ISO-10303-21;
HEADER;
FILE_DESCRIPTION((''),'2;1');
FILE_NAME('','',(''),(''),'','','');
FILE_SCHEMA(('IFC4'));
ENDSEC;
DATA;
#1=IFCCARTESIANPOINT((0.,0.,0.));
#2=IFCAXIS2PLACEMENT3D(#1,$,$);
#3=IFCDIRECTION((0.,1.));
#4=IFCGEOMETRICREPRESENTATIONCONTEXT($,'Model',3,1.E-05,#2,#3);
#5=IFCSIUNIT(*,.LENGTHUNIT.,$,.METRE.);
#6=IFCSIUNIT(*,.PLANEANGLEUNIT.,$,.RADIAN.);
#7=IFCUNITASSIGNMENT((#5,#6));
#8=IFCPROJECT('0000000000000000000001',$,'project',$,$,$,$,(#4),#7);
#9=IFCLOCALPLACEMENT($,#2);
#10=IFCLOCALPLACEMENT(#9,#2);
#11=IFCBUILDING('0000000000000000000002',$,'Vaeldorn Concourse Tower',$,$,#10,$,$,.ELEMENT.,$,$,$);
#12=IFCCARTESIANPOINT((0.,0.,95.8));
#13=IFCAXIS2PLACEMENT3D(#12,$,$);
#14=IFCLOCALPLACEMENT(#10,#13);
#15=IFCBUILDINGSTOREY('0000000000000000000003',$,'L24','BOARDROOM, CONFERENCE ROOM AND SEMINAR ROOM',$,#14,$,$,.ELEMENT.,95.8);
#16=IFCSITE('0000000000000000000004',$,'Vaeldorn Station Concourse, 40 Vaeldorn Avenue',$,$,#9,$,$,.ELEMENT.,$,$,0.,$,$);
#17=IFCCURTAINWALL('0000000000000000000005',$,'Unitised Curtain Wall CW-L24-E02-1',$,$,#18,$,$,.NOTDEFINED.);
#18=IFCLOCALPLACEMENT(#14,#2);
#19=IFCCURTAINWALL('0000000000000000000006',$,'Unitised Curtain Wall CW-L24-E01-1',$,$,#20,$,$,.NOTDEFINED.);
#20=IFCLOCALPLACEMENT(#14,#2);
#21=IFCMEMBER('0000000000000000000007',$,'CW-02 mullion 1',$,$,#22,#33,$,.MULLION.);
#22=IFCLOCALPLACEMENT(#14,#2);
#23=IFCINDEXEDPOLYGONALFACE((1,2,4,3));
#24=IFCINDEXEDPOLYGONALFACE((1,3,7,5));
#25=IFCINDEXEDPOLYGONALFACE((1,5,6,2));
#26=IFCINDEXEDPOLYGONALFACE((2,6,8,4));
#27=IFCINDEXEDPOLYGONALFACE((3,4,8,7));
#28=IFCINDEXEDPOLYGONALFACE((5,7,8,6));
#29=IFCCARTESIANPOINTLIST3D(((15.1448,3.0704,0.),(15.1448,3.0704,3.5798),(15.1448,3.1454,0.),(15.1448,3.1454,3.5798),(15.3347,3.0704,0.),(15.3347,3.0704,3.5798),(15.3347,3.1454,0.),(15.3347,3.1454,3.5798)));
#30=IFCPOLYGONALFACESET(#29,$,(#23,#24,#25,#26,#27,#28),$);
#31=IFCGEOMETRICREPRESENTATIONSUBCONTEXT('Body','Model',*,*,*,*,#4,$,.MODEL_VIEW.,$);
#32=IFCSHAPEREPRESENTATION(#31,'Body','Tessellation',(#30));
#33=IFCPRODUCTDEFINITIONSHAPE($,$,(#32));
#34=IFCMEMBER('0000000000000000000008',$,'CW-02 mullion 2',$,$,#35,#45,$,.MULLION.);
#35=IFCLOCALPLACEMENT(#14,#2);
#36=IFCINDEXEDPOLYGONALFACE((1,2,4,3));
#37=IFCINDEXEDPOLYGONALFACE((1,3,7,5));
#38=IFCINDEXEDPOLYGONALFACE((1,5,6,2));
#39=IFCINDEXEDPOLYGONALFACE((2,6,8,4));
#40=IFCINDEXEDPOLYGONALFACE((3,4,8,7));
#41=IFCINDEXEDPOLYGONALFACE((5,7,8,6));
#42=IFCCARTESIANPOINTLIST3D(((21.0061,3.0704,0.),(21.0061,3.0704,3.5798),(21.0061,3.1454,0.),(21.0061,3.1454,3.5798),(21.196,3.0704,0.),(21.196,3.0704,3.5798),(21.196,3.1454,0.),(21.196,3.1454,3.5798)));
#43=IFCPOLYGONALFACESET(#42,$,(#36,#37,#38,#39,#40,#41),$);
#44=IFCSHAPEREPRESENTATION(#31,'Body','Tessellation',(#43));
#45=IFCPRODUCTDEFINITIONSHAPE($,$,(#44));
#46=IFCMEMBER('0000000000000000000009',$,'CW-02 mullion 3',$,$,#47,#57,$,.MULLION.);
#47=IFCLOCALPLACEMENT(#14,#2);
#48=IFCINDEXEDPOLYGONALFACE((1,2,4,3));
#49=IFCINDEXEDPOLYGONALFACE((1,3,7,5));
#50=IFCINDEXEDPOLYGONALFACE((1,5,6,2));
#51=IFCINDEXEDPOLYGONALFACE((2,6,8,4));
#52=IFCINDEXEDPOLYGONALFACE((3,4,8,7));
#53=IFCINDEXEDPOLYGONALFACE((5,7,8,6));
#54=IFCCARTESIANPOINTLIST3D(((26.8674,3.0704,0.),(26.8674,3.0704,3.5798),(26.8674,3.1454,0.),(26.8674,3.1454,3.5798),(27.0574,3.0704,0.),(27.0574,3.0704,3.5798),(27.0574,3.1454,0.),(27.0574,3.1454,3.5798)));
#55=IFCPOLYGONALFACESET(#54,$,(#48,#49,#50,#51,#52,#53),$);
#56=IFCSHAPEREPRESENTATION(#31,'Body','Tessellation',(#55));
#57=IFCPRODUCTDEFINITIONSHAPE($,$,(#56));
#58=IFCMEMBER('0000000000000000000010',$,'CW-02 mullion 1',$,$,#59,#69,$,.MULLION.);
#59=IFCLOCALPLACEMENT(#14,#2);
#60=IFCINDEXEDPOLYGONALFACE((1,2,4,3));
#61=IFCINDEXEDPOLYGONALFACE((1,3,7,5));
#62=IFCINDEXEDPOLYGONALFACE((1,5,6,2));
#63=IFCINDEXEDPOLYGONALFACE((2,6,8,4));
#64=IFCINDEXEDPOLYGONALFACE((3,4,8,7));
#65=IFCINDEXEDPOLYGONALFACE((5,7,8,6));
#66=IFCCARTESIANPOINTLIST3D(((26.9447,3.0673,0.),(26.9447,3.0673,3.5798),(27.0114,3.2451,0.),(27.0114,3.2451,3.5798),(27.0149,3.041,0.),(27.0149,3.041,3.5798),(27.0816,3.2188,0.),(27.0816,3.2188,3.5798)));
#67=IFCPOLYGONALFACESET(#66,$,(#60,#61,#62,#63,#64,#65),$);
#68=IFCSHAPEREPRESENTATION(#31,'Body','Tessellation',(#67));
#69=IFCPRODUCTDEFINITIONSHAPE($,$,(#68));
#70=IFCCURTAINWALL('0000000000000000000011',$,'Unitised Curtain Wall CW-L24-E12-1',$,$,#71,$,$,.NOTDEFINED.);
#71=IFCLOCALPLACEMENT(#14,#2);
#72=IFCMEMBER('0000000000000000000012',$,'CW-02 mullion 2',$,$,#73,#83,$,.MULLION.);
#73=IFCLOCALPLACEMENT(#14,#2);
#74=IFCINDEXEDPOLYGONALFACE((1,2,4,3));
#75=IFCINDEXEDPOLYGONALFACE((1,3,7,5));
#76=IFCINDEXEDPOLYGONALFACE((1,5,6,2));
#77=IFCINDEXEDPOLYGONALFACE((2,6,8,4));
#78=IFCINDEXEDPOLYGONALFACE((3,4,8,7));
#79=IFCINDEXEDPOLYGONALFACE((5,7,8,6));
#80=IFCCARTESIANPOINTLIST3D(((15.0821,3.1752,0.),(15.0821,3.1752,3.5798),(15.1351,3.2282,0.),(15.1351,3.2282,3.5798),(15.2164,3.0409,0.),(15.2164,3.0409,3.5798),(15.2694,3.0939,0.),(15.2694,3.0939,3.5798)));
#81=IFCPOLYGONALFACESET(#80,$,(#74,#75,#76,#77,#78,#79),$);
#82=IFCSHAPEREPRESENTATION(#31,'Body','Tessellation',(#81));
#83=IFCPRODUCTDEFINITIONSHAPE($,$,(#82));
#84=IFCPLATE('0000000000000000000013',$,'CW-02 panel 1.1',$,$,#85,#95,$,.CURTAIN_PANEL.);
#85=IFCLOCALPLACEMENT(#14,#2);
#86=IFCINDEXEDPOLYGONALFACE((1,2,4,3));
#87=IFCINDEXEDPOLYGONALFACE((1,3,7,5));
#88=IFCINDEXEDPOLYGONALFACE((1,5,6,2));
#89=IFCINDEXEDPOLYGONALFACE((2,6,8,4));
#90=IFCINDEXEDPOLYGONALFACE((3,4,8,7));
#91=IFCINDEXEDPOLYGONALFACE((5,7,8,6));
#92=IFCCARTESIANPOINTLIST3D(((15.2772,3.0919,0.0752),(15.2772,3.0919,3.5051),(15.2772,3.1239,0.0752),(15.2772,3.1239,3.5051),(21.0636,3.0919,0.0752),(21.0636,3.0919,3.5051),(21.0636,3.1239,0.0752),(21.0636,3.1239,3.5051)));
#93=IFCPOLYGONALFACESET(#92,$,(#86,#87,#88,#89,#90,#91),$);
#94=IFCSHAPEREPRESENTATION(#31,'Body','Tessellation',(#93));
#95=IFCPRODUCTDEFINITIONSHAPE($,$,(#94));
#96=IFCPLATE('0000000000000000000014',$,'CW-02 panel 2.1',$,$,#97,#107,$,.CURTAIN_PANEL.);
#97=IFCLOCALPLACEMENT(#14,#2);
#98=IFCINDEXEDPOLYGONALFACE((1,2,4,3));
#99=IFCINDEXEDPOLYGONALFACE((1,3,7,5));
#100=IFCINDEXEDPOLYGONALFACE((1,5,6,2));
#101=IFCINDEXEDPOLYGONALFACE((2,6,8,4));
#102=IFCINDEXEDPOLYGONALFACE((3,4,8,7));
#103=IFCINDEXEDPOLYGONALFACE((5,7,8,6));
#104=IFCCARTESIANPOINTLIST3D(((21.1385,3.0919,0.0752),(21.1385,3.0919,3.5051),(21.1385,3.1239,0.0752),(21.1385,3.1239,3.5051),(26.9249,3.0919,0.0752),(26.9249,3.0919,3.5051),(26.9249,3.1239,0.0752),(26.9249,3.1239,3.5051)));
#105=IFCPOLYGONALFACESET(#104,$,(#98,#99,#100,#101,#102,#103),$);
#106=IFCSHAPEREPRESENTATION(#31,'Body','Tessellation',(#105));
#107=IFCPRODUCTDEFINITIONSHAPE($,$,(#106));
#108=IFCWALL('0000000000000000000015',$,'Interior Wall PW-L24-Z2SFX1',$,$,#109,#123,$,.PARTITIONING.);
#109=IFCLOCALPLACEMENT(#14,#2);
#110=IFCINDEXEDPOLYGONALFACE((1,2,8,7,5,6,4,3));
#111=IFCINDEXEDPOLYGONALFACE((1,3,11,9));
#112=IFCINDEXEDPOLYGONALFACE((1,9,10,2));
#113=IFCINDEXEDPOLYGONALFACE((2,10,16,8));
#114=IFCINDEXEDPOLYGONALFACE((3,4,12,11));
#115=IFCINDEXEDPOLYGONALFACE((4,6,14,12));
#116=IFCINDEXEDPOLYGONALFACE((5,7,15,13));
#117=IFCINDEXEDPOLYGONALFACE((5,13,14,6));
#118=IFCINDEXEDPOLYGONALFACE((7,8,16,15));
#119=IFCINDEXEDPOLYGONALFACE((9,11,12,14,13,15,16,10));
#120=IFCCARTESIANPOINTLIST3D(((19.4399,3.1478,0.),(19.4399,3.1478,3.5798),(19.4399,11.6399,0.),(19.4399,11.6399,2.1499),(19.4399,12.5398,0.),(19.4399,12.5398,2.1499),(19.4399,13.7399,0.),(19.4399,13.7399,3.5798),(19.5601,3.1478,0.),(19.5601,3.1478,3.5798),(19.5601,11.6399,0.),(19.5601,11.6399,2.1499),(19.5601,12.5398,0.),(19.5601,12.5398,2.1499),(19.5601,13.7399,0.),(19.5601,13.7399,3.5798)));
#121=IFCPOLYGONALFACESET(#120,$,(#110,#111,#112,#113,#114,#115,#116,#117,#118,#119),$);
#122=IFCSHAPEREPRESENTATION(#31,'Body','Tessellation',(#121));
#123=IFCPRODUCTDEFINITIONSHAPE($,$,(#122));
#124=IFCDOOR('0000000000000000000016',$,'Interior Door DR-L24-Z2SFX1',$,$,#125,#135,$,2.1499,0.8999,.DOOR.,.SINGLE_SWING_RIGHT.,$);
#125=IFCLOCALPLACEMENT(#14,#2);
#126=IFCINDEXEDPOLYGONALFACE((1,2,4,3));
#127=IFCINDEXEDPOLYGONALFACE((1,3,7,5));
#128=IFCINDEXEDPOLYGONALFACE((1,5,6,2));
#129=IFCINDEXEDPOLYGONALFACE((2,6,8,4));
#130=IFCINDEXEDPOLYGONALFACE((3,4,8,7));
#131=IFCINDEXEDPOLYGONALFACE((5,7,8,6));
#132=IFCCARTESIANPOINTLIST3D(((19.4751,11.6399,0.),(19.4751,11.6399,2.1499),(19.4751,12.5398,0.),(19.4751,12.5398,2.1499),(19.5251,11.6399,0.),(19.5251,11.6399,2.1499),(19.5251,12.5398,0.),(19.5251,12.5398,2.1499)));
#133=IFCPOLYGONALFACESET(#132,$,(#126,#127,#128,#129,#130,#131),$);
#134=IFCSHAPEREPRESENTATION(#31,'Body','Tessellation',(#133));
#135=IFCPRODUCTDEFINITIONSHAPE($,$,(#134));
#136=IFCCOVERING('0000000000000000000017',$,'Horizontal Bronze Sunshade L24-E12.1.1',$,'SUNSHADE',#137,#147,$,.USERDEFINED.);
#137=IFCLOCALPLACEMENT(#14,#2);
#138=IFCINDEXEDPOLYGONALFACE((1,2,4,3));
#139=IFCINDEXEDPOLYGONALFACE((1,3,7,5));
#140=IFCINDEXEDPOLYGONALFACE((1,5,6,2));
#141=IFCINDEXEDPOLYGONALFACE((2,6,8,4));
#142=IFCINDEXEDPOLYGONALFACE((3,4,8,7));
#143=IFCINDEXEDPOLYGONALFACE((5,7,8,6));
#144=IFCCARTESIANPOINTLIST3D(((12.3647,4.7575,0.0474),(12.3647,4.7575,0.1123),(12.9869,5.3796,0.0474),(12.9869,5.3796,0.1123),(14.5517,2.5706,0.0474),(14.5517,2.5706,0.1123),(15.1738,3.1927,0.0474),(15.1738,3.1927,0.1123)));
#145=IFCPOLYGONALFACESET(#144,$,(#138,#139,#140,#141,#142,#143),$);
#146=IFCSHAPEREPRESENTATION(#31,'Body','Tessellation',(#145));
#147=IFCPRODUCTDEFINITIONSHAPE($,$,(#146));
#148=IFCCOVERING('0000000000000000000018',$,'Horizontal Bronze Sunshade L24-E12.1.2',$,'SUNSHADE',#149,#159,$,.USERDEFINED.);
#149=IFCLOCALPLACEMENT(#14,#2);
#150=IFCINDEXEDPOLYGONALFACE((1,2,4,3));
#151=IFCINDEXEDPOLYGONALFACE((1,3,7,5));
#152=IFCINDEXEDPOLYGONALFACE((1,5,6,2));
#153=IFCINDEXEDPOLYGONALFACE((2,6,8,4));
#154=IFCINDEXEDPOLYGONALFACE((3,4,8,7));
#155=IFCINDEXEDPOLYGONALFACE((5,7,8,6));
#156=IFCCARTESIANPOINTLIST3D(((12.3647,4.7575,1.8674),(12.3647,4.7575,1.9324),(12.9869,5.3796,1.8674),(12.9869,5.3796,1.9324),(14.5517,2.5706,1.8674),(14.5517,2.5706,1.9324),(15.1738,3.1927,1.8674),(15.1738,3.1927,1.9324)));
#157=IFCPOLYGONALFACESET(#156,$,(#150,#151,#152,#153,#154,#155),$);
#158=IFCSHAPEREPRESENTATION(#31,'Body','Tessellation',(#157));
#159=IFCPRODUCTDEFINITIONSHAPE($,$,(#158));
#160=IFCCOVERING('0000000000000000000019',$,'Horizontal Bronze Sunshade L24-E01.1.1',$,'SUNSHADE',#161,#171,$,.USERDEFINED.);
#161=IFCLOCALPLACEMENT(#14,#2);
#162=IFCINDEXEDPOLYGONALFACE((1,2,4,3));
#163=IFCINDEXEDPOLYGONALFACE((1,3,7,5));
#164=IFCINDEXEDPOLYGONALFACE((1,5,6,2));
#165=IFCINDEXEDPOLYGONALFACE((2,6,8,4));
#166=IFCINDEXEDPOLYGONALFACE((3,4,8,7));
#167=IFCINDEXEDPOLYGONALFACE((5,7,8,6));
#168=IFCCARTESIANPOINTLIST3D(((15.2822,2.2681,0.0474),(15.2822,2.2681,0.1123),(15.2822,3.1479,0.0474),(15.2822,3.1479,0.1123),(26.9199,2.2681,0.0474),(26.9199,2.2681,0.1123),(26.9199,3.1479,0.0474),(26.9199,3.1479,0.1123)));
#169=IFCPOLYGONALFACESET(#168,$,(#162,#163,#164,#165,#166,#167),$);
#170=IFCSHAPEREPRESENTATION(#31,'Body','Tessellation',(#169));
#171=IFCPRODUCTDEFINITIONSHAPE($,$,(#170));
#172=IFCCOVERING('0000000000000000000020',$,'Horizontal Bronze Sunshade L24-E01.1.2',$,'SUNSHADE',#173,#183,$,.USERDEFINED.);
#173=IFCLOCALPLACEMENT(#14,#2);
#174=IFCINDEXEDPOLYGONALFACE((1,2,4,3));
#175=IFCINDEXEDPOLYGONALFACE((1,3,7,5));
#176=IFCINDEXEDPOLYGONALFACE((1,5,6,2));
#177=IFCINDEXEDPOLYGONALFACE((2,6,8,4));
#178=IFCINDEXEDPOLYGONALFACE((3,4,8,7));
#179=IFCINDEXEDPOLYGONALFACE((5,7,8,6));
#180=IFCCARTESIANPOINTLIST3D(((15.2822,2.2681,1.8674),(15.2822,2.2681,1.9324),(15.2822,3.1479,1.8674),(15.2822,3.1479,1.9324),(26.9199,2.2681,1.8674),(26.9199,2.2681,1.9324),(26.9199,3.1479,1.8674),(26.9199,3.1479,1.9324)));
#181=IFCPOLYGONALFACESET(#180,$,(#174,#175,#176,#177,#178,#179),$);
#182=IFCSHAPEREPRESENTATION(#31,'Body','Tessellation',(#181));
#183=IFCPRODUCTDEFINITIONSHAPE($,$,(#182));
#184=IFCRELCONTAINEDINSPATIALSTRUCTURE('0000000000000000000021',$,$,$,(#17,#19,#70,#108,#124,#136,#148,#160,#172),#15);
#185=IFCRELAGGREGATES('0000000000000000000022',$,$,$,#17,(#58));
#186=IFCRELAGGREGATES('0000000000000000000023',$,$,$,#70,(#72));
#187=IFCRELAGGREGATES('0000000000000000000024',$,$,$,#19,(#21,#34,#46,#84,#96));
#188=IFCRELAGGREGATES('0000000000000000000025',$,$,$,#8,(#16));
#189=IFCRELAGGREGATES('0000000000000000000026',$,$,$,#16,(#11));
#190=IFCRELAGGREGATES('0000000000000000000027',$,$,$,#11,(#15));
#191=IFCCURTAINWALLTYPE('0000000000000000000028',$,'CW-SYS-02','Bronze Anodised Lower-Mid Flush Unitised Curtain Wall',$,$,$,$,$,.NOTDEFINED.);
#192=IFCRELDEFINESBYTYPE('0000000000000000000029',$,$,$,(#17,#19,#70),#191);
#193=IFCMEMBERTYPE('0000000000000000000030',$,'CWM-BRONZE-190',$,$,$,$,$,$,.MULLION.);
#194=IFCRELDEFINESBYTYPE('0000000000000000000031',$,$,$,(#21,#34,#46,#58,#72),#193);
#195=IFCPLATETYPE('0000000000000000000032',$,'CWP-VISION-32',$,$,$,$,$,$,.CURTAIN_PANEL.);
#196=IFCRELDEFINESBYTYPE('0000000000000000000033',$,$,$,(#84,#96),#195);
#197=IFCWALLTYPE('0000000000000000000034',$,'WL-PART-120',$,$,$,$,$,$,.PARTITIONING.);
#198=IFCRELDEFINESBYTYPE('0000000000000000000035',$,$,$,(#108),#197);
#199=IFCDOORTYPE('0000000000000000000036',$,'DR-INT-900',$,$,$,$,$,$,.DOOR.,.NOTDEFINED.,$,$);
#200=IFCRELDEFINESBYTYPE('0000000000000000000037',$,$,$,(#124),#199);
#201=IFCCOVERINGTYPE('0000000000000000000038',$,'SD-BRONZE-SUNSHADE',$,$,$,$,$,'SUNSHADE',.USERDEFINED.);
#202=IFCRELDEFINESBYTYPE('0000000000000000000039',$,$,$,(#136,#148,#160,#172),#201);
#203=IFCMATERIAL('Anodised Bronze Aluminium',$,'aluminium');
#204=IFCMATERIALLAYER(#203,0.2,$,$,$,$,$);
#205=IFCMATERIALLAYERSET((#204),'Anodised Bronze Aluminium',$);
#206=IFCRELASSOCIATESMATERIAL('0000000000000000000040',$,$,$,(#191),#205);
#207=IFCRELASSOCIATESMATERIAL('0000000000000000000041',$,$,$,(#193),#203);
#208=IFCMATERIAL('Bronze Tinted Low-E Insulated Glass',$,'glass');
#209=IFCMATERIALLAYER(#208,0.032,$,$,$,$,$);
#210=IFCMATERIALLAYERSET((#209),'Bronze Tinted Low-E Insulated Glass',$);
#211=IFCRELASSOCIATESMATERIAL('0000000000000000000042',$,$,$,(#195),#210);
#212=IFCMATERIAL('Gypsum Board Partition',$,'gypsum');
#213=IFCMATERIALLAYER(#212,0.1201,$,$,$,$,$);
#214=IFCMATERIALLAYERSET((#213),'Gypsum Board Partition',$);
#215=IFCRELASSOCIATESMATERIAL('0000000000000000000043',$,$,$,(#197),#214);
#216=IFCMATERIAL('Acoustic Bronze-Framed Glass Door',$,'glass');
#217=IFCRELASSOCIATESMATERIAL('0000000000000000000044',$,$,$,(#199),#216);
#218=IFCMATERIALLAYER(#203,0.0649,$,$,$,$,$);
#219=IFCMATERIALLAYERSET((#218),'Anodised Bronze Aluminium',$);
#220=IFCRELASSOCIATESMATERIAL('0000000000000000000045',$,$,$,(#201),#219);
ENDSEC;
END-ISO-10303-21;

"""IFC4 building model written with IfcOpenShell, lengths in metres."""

from ifc_helpers import new_model, si_unit, direction, frame, frame_2d, origin, origin_2d, place, context, subcontext, project, spatial, rectangle, extrude, source, transform, mapped, material, layer, layer_set, material_profile, profile_set, type_object, element, fill, aggregate, save


model = new_model("IFC4")

# Units and contexts
model_context = context("Model", 3, precision=1e-05, world=origin(), true_north=direction((0.0, 1.0)))
body_context = subcontext(model_context, "Body", "Model", "MODEL_VIEW")
ifc_project = project(units=[si_unit("LENGTHUNIT", "METRE"), si_unit("PLANEANGLEUNIT", "RADIAN")], contexts=[model_context])

# Site, building, storey
site_placement = place(None, origin())
site = spatial("IfcSite", under=ifc_project, at=site_placement, Name="Vaeldorn Station Concourse, 40 Vaeldorn Avenue", CompositionType="ELEMENT", RefElevation=0.0)
building_placement = place(site_placement, origin())
building = spatial("IfcBuilding", under=site, at=building_placement, Name="Vaeldorn Concourse Tower", CompositionType="ELEMENT")
storey_placement = place(building_placement, frame((0.0, 0.0, 95.8)))
storey = spatial("IfcBuildingStorey", under=building, at=storey_placement, Name="L24", Description="BOARDROOM, CONFERENCE ROOM AND SEMINAR ROOM", CompositionType="ELEMENT", Elevation=95.8)

# Curtain walls, members
ifc_material_1 = material(Name="Anodised Bronze Aluminium", Category="aluminium")
ifc_layer_1 = layer(ifc_material_1, 0.2)
ifc_layer_set_1 = layer_set([ifc_layer_1], Name="Anodised Bronze Aluminium")
curtain_wall_type = type_object("IfcCurtainWallType", Name="CW-SYS-02", Description="Bronze Anodised Lower-Mid Flush Unitised Curtain Wall", PredefinedType="NOTDEFINED", material=ifc_layer_set_1)
curtain_wall_1_placement = place(storey_placement, origin())
curtain_wall_1 = element("IfcCurtainWall", 1, at=curtain_wall_1_placement, inside=storey, type_object=curtain_wall_type, Name="Unitised Curtain Wall CW-L24-E02-1", PredefinedType="NOTDEFINED")
curtain_wall_2_placement = place(storey_placement, origin())
curtain_wall_2 = element("IfcCurtainWall", 2, at=curtain_wall_2_placement, inside=storey, type_object=curtain_wall_type, Name="Unitised Curtain Wall CW-L24-E01-1", PredefinedType="NOTDEFINED")
ifc_material_profile_1 = material_profile(ifc_material_1, rectangle(XDim=0.075, YDim=0.1899, at=origin_2d()), Name="CWM 75x190")
ifc_profile_set_1 = profile_set([ifc_material_profile_1], Name="Anodised Bronze Aluminium")
member_type_1 = type_object("IfcMemberType", Name="CWM-BRONZE-190", PredefinedType="MULLION", material=ifc_profile_set_1)
shared_shape_1 = source(origin(), body_context, "Body", "SweptSolid", [
    extrude(rectangle(XDim=0.075, YDim=0.1899, at=origin_2d()), origin(), (0.0, 0.0, 1.0), 3.5798),
])
member_1_placement = place(storey_placement, frame((15.2397, 3.1079, 0.0), z_axis=(0.0, 0.0, 1.0), x_axis=(0.0, 1.0, 0.0)))
member_1 = element("IfcMember", 3, at=member_1_placement, type_object=member_type_1, Name="CW-02 mullion 1", PredefinedType="MULLION", context=body_context, shape_type="MappedRepresentation", body=[
    mapped(shared_shape_1, transform((0.0, 0.0, 0.0), scale=1.0)),
])
member_2_placement = place(storey_placement, frame((21.1011, 3.1079, 0.0), z_axis=(0.0, 0.0, 1.0), x_axis=(0.0, 1.0, 0.0)))
member_2 = element("IfcMember", 4, at=member_2_placement, type_object=member_type_1, Name="CW-02 mullion 2", PredefinedType="MULLION", context=body_context, shape_type="MappedRepresentation", body=[
    mapped(shared_shape_1, transform((0.0, 0.0, 0.0), scale=1.0)),
])
member_3_placement = place(storey_placement, frame((26.9624, 3.1079, 0.0), z_axis=(0.0, 0.0, 1.0), x_axis=(0.0, 1.0, 0.0)))
member_3 = element("IfcMember", 5, at=member_3_placement, type_object=member_type_1, Name="CW-02 mullion 3", PredefinedType="MULLION", context=body_context, shape_type="MappedRepresentation", body=[
    mapped(shared_shape_1, transform((0.0, 0.0, 0.0), scale=1.0)),
])

# Member
member_4_placement = place(storey_placement, frame((27.0132, 3.1431, 0.0), z_axis=(0.0, 0.0, 1.0), x_axis=(-0.936329, 0.351123, 0.0)))
member_4 = element("IfcMember", 6, at=member_4_placement, type_object=member_type_1, Name="CW-02 mullion 1", PredefinedType="MULLION", context=body_context, shape_type="MappedRepresentation", body=[
    mapped(shared_shape_1, transform((0.0, 0.0, 0.0), scale=1.0)),
])
aggregate(curtain_wall_1, [member_4])

# Curtain wall, member
curtain_wall_3_placement = place(storey_placement, origin())
curtain_wall_3 = element("IfcCurtainWall", 7, at=curtain_wall_3_placement, inside=storey, type_object=curtain_wall_type, Name="Unitised Curtain Wall CW-L24-E12-1", PredefinedType="NOTDEFINED")
member_5_placement = place(storey_placement, frame((15.1758, 3.1345, 0.0), z_axis=(0.0, 0.0, 1.0), x_axis=(0.707107, 0.707107, 0.0)))
member_5 = element("IfcMember", 8, at=member_5_placement, type_object=member_type_1, Name="CW-02 mullion 2", PredefinedType="MULLION", context=body_context, shape_type="MappedRepresentation", body=[
    mapped(shared_shape_1, transform((0.0, 0.0, 0.0), scale=1.0)),
])
aggregate(curtain_wall_3, [member_5])

# Plates
ifc_material_2 = material(Name="Bronze Tinted Low-E Insulated Glass", Category="glass")
ifc_layer_2 = layer(ifc_material_2, 0.032)
ifc_layer_set_2 = layer_set([ifc_layer_2], Name="Bronze Tinted Low-E Insulated Glass")
plate_type = type_object("IfcPlateType", Name="CWP-VISION-32", PredefinedType="CURTAIN_PANEL", material=ifc_layer_set_2)
shared_shape_2 = source(origin(), body_context, "Body", "SweptSolid", [
    extrude(rectangle(XDim=5.7864, YDim=0.032, at=origin_2d()), origin(), (0.0, 0.0, 1.0), 3.4299),
])
plate_1_placement = place(storey_placement, frame((18.1704, 3.1079, 0.0752), z_axis=(0.0, 0.0, 1.0), x_axis=(1.0, 0.0, 0.0)))
plate_1 = element("IfcPlate", 9, at=plate_1_placement, type_object=plate_type, Name="CW-02 panel 1.1", PredefinedType="CURTAIN_PANEL", context=body_context, shape_type="MappedRepresentation", body=[
    mapped(shared_shape_2, transform((0.0, 0.0, 0.0), scale=1.0)),
])
plate_2_placement = place(storey_placement, frame((24.0317, 3.1079, 0.0752), z_axis=(0.0, 0.0, 1.0), x_axis=(1.0, 0.0, 0.0)))
plate_2 = element("IfcPlate", 10, at=plate_2_placement, type_object=plate_type, Name="CW-02 panel 2.1", PredefinedType="CURTAIN_PANEL", context=body_context, shape_type="MappedRepresentation", body=[
    mapped(shared_shape_2, transform((0.0, 0.0, 0.0), scale=1.0)),
])
aggregate(curtain_wall_2, [member_1, member_2, member_3, plate_1, plate_2])

# Wall, opening, door
ifc_material_3 = material(Name="Gypsum Board Partition", Category="gypsum")
ifc_layer_3 = layer(ifc_material_3, 0.1201)
ifc_layer_set_3 = layer_set([ifc_layer_3], Name="Gypsum Board Partition")
wall_type = type_object("IfcWallType", Name="WL-PART-120", PredefinedType="PARTITIONING", material=ifc_layer_set_3)
wall_placement = place(storey_placement, frame((19.5, 3.1479, 0.0), z_axis=(0.0, 0.0, 1.0), x_axis=(0.0, 1.0, 0.0)))
wall = element("IfcWall", 11, at=wall_placement, inside=storey, type_object=wall_type, Name="Interior Wall PW-L24-Z2SFX1", PredefinedType="PARTITIONING", context=body_context, shape_type="SweptSolid", body=[
    extrude(rectangle(XDim=10.592, YDim=0.1201, at=frame_2d((5.2959, 0.0))), origin(), (0.0, 0.0, 1.0), 3.5798),
])
opening_placement = place(wall_placement, frame((8.4919, 0.0, 0.0)))
opening = element("IfcOpeningElement", 12, at=opening_placement, cuts=wall, PredefinedType="OPENING", context=body_context, shape_type="SweptSolid", body=[
    extrude(rectangle(XDim=0.8999, YDim=2.1499, at=frame_2d((0.45, 1.075))), frame((0.0, 0.0701, 0.0), z_axis=(0.0, -1.0, 0.0), x_axis=(1.0, 0.0, 0.0)), (0.0, 0.0, 1.0), 0.1401),
])
ifc_material_4 = material(Name="Acoustic Bronze-Framed Glass Door", Category="glass")
door_type = type_object("IfcDoorType", Name="DR-INT-900", OperationType="NOTDEFINED", PredefinedType="DOOR", material=ifc_material_4)
shared_shape_3 = source(origin(), body_context, "Body", "SweptSolid", [
    extrude(rectangle(XDim=0.8999, YDim=2.1499, at=frame_2d((0.45, 1.075))), frame((0.0, 0.0249, 0.0), z_axis=(0.0, -1.0, 0.0), x_axis=(1.0, 0.0, 0.0)), (0.0, 0.0, 1.0), 0.05),
])
door_placement = place(opening_placement, origin())
door = element("IfcDoor", 13, at=door_placement, inside=storey, type_object=door_type, Name="Interior Door DR-L24-Z2SFX1", OperationType="SINGLE_SWING_RIGHT", OverallHeight=2.1499, OverallWidth=0.8999, PredefinedType="DOOR", context=body_context, shape_type="MappedRepresentation", body=[
    mapped(shared_shape_3, transform((0.0, 0.0, 0.0), scale=1.0)),
])
fill(opening, door)

# Coverings
ifc_layer_4 = layer(ifc_material_1, 0.0649)
ifc_layer_set_4 = layer_set([ifc_layer_4], Name="Anodised Bronze Aluminium")
covering_type = type_object("IfcCoveringType", Name="SD-BRONZE-SUNSHADE", ElementType="SUNSHADE", PredefinedType="USERDEFINED", material=ifc_layer_set_4)
shared_shape_4 = source(origin(), body_context, "Body", "SweptSolid", [
    extrude(rectangle(XDim=3.0928, YDim=0.8799, at=origin_2d()), origin(), (0.0, 0.0, 1.0), 0.0649),
])
for number, where, z_axis, x_axis, name in (
    (14, (13.7693, 3.9751, 0.0474), (0.0, 0.0, 1.0), (0.707107, -0.707107, 0.0), "Horizontal Bronze Sunshade L24-E12.1.1"),
    (15, (13.7693, 3.9751, 1.8674), (0.0, 0.0, 1.0), (0.707107, -0.707107, 0.0), "Horizontal Bronze Sunshade L24-E12.1.2"),
):
    element("IfcCovering", number, at=place(storey_placement, frame(where, z_axis=z_axis, x_axis=x_axis)), inside=storey, type_object=covering_type, Name=name, ObjectType="SUNSHADE", PredefinedType="USERDEFINED", context=body_context, shape_type="MappedRepresentation", body=[
        mapped(shared_shape_4, transform((0.0, 0.0, 0.0), scale=1.0)),
    ])
shared_shape_5 = source(origin(), body_context, "Body", "SweptSolid", [
    extrude(rectangle(XDim=11.6377, YDim=0.8799, at=origin_2d()), origin(), (0.0, 0.0, 1.0), 0.0649),
])
for number, where, z_axis, x_axis, name in (
    (16, (21.1011, 2.708, 0.0474), (0.0, 0.0, 1.0), (1.0, 0.0, 0.0), "Horizontal Bronze Sunshade L24-E01.1.1"),
    (17, (21.1011, 2.708, 1.8674), (0.0, 0.0, 1.0), (1.0, 0.0, 0.0), "Horizontal Bronze Sunshade L24-E01.1.2"),
):
    element("IfcCovering", number, at=place(storey_placement, frame(where, z_axis=z_axis, x_axis=x_axis)), inside=storey, type_object=covering_type, Name=name, ObjectType="SUNSHADE", PredefinedType="USERDEFINED", context=body_context, shape_type="MappedRepresentation", body=[
        mapped(shared_shape_5, transform((0.0, 0.0, 0.0), scale=1.0)),
    ])

save(model, "model.ifc")
